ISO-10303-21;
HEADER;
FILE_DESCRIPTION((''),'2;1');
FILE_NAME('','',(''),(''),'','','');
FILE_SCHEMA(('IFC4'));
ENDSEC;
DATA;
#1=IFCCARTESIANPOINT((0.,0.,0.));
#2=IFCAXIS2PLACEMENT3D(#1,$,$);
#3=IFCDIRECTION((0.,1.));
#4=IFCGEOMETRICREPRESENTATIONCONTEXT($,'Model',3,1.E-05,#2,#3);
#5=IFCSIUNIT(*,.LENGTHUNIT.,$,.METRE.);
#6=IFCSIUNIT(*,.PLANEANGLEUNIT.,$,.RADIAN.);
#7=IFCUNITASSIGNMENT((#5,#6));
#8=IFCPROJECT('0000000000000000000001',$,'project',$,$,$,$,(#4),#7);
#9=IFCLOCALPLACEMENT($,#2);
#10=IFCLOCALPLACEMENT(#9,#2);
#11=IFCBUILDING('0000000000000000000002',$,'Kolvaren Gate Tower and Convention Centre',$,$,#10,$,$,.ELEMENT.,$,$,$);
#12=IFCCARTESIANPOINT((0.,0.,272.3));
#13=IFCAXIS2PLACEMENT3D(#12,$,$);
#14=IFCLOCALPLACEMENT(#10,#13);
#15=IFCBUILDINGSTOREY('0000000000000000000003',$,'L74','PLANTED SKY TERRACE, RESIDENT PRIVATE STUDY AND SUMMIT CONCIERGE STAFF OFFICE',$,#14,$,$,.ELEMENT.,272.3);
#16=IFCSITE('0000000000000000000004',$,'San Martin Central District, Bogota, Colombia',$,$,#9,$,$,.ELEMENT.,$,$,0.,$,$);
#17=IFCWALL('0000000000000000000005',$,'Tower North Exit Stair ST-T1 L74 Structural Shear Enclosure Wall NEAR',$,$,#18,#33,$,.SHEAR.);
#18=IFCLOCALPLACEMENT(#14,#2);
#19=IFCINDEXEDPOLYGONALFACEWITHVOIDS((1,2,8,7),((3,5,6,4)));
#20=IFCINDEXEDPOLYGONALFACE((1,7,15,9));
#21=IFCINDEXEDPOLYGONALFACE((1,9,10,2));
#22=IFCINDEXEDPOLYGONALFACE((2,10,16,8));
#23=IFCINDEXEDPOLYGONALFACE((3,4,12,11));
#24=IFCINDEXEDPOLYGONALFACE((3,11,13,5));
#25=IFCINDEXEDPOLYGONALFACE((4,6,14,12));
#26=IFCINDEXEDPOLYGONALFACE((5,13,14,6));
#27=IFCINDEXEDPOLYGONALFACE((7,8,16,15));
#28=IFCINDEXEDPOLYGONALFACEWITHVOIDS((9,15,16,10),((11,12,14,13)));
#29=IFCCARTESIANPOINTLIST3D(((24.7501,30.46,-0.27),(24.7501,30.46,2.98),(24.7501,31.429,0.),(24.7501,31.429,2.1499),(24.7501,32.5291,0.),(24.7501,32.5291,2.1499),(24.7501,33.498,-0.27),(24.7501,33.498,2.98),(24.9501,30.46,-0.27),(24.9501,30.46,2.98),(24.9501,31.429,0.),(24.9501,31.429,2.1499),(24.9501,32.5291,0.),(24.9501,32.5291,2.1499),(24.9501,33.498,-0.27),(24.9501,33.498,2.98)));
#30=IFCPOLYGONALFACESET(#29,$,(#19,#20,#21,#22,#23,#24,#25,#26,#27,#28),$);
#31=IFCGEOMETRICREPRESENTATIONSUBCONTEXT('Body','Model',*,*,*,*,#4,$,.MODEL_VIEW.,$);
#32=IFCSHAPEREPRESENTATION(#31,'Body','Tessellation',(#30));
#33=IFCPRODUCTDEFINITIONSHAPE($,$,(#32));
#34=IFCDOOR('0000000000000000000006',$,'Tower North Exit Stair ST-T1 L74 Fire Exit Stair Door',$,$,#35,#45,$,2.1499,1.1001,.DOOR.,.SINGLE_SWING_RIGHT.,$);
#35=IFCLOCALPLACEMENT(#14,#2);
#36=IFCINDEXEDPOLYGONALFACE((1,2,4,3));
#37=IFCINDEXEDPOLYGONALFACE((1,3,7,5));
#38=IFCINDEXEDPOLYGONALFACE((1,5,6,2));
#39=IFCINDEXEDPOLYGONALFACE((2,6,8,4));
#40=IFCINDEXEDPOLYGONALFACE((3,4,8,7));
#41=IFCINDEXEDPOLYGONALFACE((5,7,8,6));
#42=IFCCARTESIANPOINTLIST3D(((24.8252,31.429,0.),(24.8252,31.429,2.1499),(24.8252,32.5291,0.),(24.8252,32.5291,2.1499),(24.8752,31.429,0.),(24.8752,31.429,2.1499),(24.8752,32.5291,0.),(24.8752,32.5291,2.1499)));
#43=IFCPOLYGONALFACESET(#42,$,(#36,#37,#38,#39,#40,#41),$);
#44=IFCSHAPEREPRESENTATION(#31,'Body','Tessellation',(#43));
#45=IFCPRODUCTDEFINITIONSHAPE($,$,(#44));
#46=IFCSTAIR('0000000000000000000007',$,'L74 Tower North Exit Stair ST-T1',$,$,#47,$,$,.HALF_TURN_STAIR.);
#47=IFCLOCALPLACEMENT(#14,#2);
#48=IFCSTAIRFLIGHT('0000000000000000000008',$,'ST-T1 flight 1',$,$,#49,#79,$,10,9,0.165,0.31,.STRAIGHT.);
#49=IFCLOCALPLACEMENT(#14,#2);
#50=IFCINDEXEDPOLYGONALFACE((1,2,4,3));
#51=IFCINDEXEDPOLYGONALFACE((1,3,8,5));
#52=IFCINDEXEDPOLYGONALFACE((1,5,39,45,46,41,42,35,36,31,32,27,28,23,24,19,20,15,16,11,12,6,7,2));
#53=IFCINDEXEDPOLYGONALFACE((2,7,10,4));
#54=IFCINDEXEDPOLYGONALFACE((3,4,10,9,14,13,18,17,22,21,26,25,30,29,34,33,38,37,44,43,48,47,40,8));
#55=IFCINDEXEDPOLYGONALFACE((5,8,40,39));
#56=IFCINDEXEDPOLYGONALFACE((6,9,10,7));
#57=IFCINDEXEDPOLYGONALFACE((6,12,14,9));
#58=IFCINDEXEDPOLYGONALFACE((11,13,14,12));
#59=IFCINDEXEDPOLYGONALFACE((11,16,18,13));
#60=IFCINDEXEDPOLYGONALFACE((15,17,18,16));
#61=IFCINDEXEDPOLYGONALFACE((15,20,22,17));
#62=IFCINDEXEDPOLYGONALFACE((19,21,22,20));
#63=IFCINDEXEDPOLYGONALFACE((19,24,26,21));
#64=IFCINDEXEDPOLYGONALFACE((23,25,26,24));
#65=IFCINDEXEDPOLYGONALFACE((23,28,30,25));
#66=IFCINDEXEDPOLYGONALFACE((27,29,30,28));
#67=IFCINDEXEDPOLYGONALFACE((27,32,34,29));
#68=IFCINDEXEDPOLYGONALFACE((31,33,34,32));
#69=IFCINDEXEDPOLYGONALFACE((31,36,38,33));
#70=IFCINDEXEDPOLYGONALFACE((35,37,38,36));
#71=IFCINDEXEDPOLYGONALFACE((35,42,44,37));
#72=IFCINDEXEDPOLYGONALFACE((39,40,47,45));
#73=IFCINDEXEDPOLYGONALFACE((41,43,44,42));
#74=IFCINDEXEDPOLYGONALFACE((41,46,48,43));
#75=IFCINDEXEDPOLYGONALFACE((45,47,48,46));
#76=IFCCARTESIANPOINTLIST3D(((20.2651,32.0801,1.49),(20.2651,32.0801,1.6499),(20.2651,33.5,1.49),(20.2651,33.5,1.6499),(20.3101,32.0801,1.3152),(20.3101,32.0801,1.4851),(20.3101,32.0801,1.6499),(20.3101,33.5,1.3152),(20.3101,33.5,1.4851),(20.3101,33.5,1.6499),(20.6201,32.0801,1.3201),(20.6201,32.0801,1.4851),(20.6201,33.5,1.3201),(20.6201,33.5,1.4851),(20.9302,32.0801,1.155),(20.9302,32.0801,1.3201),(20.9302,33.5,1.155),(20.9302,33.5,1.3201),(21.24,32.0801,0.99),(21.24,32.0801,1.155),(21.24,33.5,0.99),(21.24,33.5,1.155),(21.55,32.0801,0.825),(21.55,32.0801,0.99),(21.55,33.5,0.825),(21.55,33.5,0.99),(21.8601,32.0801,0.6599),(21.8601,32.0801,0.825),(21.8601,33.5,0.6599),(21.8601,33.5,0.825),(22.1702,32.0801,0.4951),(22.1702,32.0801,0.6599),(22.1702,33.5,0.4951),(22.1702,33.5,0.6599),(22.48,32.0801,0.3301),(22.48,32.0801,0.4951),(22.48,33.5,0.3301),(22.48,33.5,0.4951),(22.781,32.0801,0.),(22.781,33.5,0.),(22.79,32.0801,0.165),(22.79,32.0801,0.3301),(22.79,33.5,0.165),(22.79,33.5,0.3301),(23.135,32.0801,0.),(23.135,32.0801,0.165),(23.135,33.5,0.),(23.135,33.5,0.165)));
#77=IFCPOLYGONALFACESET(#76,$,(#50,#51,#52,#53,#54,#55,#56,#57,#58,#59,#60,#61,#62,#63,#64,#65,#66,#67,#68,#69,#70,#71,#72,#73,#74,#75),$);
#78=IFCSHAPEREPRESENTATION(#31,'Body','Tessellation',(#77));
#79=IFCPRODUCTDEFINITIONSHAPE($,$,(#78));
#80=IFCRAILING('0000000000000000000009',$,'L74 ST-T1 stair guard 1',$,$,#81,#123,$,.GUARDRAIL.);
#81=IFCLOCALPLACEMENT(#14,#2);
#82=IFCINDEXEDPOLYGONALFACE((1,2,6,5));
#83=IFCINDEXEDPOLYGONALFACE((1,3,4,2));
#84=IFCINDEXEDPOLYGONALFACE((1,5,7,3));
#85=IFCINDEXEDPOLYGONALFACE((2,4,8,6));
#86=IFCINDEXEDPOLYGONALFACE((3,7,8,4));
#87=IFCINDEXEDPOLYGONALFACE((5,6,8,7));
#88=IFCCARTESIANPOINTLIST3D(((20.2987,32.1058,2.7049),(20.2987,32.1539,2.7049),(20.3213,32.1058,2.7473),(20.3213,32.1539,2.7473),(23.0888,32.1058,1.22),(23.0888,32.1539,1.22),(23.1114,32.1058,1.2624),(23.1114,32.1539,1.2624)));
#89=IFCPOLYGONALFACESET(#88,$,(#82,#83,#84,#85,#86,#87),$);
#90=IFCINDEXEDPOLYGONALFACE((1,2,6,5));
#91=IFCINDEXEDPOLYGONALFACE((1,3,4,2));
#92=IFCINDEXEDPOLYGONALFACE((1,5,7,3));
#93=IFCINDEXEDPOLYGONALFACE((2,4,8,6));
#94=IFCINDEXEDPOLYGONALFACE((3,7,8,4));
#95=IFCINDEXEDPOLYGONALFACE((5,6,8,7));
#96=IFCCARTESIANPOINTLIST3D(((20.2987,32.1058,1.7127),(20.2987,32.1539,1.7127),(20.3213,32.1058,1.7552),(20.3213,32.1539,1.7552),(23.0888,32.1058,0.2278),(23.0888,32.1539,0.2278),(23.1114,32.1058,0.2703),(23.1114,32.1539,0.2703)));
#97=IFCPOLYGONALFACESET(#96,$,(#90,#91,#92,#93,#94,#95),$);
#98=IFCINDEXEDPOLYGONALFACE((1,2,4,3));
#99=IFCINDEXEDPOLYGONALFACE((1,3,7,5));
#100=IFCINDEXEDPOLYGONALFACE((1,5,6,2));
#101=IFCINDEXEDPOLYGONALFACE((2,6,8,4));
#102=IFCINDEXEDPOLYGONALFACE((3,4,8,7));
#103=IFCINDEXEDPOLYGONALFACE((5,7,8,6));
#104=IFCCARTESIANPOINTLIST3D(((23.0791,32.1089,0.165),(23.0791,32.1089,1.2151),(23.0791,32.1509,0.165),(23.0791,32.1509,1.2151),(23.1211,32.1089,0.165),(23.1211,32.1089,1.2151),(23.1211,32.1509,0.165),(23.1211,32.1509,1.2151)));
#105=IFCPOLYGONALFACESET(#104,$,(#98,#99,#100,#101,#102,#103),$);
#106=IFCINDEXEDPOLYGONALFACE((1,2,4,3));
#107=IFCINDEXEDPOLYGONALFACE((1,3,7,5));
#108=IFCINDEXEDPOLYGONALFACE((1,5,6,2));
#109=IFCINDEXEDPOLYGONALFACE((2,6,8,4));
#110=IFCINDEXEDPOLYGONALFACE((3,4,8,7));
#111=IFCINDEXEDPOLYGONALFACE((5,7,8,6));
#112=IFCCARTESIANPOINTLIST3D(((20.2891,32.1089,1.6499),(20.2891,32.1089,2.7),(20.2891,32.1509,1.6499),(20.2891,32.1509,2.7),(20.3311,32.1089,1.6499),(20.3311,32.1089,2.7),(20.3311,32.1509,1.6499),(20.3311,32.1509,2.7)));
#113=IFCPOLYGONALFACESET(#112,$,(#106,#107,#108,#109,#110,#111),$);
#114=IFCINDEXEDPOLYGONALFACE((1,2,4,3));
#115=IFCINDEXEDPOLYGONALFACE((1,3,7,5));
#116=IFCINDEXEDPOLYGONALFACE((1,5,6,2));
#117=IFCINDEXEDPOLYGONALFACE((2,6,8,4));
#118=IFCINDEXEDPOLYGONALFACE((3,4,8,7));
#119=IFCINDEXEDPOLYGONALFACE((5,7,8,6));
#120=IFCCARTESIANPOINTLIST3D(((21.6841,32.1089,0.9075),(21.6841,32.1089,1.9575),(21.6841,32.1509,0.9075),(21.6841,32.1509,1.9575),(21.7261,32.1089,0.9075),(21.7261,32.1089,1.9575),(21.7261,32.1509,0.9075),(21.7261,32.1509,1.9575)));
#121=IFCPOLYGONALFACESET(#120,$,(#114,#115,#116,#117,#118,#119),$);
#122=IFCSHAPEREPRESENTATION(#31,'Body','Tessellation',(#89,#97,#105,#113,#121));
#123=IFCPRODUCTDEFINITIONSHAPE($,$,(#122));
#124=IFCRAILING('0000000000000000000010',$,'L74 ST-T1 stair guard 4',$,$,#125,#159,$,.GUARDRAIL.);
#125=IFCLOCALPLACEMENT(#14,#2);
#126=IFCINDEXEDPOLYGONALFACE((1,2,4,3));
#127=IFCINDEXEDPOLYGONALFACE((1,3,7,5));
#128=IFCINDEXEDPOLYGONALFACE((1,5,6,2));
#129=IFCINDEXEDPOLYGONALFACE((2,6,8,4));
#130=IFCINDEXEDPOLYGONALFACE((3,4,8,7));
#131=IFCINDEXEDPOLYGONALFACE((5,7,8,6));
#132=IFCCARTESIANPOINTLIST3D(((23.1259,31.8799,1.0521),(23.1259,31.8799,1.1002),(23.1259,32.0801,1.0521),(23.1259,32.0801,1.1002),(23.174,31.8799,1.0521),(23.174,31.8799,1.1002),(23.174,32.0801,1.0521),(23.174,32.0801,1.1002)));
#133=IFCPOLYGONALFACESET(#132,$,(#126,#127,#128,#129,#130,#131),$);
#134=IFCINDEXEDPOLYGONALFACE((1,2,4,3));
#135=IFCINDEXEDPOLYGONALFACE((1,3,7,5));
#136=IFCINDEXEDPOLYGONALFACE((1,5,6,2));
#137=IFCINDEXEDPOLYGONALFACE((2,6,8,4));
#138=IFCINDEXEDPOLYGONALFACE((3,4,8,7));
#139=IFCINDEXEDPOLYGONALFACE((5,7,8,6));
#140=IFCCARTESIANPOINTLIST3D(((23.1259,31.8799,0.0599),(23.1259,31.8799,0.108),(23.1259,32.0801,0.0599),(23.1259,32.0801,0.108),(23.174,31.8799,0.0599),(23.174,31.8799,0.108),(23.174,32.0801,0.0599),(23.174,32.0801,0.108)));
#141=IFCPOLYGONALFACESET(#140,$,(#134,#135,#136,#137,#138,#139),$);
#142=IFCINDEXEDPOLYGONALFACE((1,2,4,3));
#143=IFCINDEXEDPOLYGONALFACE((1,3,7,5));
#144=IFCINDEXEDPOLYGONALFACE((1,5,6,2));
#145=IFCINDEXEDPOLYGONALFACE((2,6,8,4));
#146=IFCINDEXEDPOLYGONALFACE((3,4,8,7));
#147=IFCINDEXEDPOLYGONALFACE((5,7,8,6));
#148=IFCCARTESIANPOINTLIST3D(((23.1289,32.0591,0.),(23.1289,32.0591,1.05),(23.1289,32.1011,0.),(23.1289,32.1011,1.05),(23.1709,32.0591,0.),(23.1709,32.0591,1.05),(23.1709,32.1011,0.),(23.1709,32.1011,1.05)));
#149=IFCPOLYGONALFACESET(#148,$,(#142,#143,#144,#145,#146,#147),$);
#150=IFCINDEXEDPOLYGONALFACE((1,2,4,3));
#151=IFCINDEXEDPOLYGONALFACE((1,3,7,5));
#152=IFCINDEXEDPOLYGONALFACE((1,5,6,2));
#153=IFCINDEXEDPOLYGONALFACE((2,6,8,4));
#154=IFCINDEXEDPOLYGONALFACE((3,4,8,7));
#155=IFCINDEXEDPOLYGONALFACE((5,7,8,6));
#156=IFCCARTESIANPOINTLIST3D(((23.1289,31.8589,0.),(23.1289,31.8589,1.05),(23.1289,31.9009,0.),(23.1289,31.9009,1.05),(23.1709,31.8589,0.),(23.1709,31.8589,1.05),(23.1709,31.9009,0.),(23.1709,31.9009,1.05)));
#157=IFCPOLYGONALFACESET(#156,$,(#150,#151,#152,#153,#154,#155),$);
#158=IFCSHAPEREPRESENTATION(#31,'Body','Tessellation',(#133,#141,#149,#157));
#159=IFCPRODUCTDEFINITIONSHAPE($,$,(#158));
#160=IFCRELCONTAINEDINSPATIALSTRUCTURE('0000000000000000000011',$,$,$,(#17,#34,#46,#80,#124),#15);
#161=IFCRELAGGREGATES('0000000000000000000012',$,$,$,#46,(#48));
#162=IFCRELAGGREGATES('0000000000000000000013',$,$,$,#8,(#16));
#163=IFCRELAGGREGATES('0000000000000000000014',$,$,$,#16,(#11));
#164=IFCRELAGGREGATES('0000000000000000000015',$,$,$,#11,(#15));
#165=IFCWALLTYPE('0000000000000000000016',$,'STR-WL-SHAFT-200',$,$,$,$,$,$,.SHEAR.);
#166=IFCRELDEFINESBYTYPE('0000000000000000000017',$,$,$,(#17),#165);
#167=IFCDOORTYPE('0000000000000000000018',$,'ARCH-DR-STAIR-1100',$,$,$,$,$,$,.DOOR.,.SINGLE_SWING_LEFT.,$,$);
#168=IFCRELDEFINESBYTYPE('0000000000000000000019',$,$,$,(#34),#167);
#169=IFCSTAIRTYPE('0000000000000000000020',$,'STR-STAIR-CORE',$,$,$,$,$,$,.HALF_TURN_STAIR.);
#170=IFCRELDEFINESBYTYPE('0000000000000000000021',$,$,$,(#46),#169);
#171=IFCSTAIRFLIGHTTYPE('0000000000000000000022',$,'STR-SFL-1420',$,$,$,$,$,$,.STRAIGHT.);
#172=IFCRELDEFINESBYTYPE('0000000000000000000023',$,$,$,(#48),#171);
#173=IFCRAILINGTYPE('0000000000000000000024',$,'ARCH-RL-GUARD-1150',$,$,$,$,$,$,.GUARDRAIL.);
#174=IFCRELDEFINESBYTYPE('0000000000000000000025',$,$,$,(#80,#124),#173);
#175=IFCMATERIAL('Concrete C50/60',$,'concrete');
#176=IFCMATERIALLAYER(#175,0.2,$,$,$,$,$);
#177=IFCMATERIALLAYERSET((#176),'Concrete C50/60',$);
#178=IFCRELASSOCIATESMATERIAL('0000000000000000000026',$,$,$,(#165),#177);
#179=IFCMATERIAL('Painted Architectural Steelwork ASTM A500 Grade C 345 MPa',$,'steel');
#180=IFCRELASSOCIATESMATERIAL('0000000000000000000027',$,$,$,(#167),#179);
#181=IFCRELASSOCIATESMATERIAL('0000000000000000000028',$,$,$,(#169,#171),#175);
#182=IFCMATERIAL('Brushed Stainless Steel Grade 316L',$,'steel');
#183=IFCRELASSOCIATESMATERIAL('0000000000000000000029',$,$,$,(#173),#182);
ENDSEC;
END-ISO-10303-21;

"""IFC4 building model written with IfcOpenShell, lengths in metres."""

from ifc_helpers import new_model, si_unit, direction, frame, frame_2d, origin, origin_2d, place, context, subcontext, project, spatial, polyline, rectangle, outline, extrude, material, layer, layer_set, type_object, element, fill, aggregate, save


model = new_model("IFC4")

# Units and contexts
model_context = context("Model", 3, precision=1e-05, world=origin(), true_north=direction((0.0, 1.0)))
body_context = subcontext(model_context, "Body", "Model", "MODEL_VIEW")
ifc_project = project(units=[si_unit("LENGTHUNIT", "METRE"), si_unit("PLANEANGLEUNIT", "RADIAN")], contexts=[model_context])

# Site, building, storey
site_placement = place(None, origin())
site = spatial("IfcSite", under=ifc_project, at=site_placement, Name="San Martin Central District, Bogota, Colombia", CompositionType="ELEMENT", RefElevation=0.0)
building_placement = place(site_placement, origin())
building = spatial("IfcBuilding", under=site, at=building_placement, Name="Kolvaren Gate Tower and Convention Centre", CompositionType="ELEMENT")
storey_placement = place(building_placement, frame((0.0, 0.0, 272.3)))
storey = spatial("IfcBuildingStorey", under=building, at=storey_placement, Name="L74", Description="PLANTED SKY TERRACE, RESIDENT PRIVATE STUDY AND SUMMIT CONCIERGE STAFF OFFICE", CompositionType="ELEMENT", Elevation=272.3)

# Shared definitions
ifc_material_1 = material(Name="Painted Architectural Steelwork ASTM A500 Grade C 345 MPa", Category="steel")

# Shared definitions
ifc_material_2 = material(Name="Brushed Stainless Steel Grade 316L", Category="steel")

# Shared definitions
ifc_material_3 = material(Name="Concrete C50/60", Category="concrete")

# Wall, opening, door
ifc_layer_1 = layer(ifc_material_3, 0.2)
ifc_layer_set_1 = layer_set([ifc_layer_1], Name="Concrete C50/60")
wall_type_1 = type_object("IfcWallType", Name="STR-WL-SHAFT-200", PredefinedType="SHEAR", material=ifc_layer_set_1)
wall_1_placement = place(storey_placement, frame((24.8501, 30.46, -0.27), z_axis=(0.0, 0.0, 1.0), x_axis=(0.0, 1.0, 0.0)))
wall_1 = element("IfcWall", 1, at=wall_1_placement, inside=storey, type_object=wall_type_1, Name="Tower North Exit Stair ST-T1 L74 Structural Shear Enclosure Wall NEAR", PredefinedType="SHEAR", context=body_context, shape_type="SweptSolid", body=[
    extrude(rectangle(XDim=3.0381, YDim=0.2, at=frame_2d((1.519, 0.0))), origin(), (0.0, 0.0, 1.0), 3.25),
])
opening_1_placement = place(wall_1_placement, frame((0.969, 0.0, 0.27)))
opening_1 = element("IfcOpeningElement", 2, at=opening_1_placement, cuts=wall_1, PredefinedType="OPENING", context=body_context, shape_type="SweptSolid", body=[
    extrude(rectangle(XDim=1.1001, YDim=2.1499, at=frame_2d((0.55, 1.075))), frame((0.0, 0.1099, 0.0), z_axis=(0.0, -1.0, 0.0), x_axis=(1.0, 0.0, 0.0)), (0.0, 0.0, 1.0), 0.22),
])
door_type_1 = type_object("IfcDoorType", Name="ARCH-DR-STAIR-1100", OperationType="SINGLE_SWING_LEFT", PredefinedType="DOOR", material=ifc_material_1)
door_1_placement = place(opening_1_placement, origin())
door_1 = element("IfcDoor", 3, at=door_1_placement, inside=storey, type_object=door_type_1, Name="Tower North Exit Stair ST-T1 L74 Fire Exit Stair Door", OperationType="SINGLE_SWING_RIGHT", OverallHeight=2.1499, OverallWidth=1.1001, PredefinedType="DOOR", context=body_context, shape_type="SweptSolid", body=[
    extrude(rectangle(XDim=1.1001, YDim=2.1499, at=frame_2d((0.55, 1.075))), frame((0.0, 0.0249, 0.0), z_axis=(0.0, -1.0, 0.0), x_axis=(1.0, 0.0, 0.0)), (0.0, 0.0, 1.0), 0.05),
])
fill(opening_1, door_1)

# Stair, stair flight
stair_type = type_object("IfcStairType", Name="STR-STAIR-CORE", PredefinedType="HALF_TURN_STAIR", material=ifc_material_3)
stair_placement = place(storey_placement, origin())
stair = element("IfcStair", 4, at=stair_placement, inside=storey, type_object=stair_type, Name="L74 Tower North Exit Stair ST-T1", PredefinedType="HALF_TURN_STAIR")
stair_flight_type = type_object("IfcStairFlightType", Name="STR-SFL-1420", PredefinedType="STRAIGHT", material=ifc_material_3)
stair_flight_placement = place(storey_placement, frame((23.1001, 32.79, 0.0), z_axis=(0.0, 0.0, 1.0), x_axis=(-1.0, 0.0, 0.0)))
stair_flight = element("IfcStairFlight", 5, at=stair_flight_placement, type_object=stair_flight_type, Name="ST-T1 flight 1", NumberOfRisers=10, NumberOfTreads=9, PredefinedType="STRAIGHT", RiserHeight=0.165, TreadLength=0.31, context=body_context, shape_type="SweptSolid", body=[
    extrude(outline(polyline([(-0.0349, 0.0), (-0.0349, 0.165), (0.3101, 0.165), (0.3101, 0.3301), (0.6201, 0.3301), (0.6201, 0.4951), (0.9299, 0.4951), (0.9299, 0.6599), (1.24, 0.6599), (1.24, 0.825), (1.55, 0.825), (1.55, 0.99), (1.8601, 0.99), (1.8601, 1.155), (2.1699, 1.155), (2.1699, 1.3201), (2.48, 1.3201), (2.48, 1.4851), (2.79, 1.4851), (2.79, 1.6499), (2.835, 1.6499), (2.835, 1.49), (2.79, 1.3152), (0.3191, 0.0), (-0.0349, 0.0)])), frame((0.0, 0.71, 0.0), z_axis=(0.0, -1.0, 0.0), x_axis=(1.0, 0.0, 0.0)), (0.0, 0.0, 1.0), 1.4199),
])
aggregate(stair, [stair_flight])

# Railings
railing_type = type_object("IfcRailingType", Name="ARCH-RL-GUARD-1150", PredefinedType="GUARDRAIL", material=ifc_material_2)
railing_1_placement = place(storey_placement, frame((23.1001, 32.1299, 0.165)))
element("IfcRailing", 6, at=railing_1_placement, inside=storey, type_object=railing_type, Name="L74 ST-T1 stair guard 1", PredefinedType="GUARDRAIL", context=body_context, shape_type="SweptSolid", body=[
    extrude(rectangle(XDim=0.0481, YDim=0.0481, at=origin_2d()), frame((0.0, 0.0, 1.0762), z_axis=(-0.882767, 0.0, 0.46981), x_axis=(0.0, -1.0, 0.0)), (0.0, 0.0, 1.0), 3.1606),
    extrude(rectangle(XDim=0.0481, YDim=0.0481, at=origin_2d()), frame((0.0, 0.0, 0.084), z_axis=(-0.882767, 0.0, 0.46981), x_axis=(0.0, -1.0, 0.0)), (0.0, 0.0, 1.0), 3.1606),
    extrude(rectangle(XDim=0.042, YDim=0.042, at=origin_2d()), origin(), (0.0, 0.0, 1.0), 1.05),
    extrude(rectangle(XDim=0.042, YDim=0.042, at=origin_2d()), frame((-2.79, 0.0, 1.4849)), (0.0, 0.0, 1.0), 1.05),
    extrude(rectangle(XDim=0.042, YDim=0.042, at=origin_2d()), frame((-1.395, 0.0, 0.7424)), (0.0, 0.0, 1.0), 1.05),
])
railing_2_placement = place(storey_placement, frame((23.1499, 32.0801, 0.0)))
element("IfcRailing", 7, at=railing_2_placement, inside=storey, type_object=railing_type, Name="L74 ST-T1 stair guard 4", PredefinedType="GUARDRAIL", context=body_context, shape_type="SweptSolid", body=[
    extrude(rectangle(XDim=0.0481, YDim=0.0481, at=origin_2d()), frame((0.0, 0.0, 1.0762), z_axis=(0.0, -1.0, 0.0), x_axis=(1.0, 0.0, 0.0)), (0.0, 0.0, 1.0), 0.2002),
    extrude(rectangle(XDim=0.0481, YDim=0.0481, at=origin_2d()), frame((0.0, 0.0, 0.084), z_axis=(0.0, -1.0, 0.0), x_axis=(1.0, 0.0, 0.0)), (0.0, 0.0, 1.0), 0.2002),
    extrude(rectangle(XDim=0.042, YDim=0.042, at=origin_2d()), origin(), (0.0, 0.0, 1.0), 1.05),
    extrude(rectangle(XDim=0.042, YDim=0.042, at=origin_2d()), frame((0.0, -0.2002, 0.0)), (0.0, 0.0, 1.0), 1.05),
])

save(model, "model.ifc")
